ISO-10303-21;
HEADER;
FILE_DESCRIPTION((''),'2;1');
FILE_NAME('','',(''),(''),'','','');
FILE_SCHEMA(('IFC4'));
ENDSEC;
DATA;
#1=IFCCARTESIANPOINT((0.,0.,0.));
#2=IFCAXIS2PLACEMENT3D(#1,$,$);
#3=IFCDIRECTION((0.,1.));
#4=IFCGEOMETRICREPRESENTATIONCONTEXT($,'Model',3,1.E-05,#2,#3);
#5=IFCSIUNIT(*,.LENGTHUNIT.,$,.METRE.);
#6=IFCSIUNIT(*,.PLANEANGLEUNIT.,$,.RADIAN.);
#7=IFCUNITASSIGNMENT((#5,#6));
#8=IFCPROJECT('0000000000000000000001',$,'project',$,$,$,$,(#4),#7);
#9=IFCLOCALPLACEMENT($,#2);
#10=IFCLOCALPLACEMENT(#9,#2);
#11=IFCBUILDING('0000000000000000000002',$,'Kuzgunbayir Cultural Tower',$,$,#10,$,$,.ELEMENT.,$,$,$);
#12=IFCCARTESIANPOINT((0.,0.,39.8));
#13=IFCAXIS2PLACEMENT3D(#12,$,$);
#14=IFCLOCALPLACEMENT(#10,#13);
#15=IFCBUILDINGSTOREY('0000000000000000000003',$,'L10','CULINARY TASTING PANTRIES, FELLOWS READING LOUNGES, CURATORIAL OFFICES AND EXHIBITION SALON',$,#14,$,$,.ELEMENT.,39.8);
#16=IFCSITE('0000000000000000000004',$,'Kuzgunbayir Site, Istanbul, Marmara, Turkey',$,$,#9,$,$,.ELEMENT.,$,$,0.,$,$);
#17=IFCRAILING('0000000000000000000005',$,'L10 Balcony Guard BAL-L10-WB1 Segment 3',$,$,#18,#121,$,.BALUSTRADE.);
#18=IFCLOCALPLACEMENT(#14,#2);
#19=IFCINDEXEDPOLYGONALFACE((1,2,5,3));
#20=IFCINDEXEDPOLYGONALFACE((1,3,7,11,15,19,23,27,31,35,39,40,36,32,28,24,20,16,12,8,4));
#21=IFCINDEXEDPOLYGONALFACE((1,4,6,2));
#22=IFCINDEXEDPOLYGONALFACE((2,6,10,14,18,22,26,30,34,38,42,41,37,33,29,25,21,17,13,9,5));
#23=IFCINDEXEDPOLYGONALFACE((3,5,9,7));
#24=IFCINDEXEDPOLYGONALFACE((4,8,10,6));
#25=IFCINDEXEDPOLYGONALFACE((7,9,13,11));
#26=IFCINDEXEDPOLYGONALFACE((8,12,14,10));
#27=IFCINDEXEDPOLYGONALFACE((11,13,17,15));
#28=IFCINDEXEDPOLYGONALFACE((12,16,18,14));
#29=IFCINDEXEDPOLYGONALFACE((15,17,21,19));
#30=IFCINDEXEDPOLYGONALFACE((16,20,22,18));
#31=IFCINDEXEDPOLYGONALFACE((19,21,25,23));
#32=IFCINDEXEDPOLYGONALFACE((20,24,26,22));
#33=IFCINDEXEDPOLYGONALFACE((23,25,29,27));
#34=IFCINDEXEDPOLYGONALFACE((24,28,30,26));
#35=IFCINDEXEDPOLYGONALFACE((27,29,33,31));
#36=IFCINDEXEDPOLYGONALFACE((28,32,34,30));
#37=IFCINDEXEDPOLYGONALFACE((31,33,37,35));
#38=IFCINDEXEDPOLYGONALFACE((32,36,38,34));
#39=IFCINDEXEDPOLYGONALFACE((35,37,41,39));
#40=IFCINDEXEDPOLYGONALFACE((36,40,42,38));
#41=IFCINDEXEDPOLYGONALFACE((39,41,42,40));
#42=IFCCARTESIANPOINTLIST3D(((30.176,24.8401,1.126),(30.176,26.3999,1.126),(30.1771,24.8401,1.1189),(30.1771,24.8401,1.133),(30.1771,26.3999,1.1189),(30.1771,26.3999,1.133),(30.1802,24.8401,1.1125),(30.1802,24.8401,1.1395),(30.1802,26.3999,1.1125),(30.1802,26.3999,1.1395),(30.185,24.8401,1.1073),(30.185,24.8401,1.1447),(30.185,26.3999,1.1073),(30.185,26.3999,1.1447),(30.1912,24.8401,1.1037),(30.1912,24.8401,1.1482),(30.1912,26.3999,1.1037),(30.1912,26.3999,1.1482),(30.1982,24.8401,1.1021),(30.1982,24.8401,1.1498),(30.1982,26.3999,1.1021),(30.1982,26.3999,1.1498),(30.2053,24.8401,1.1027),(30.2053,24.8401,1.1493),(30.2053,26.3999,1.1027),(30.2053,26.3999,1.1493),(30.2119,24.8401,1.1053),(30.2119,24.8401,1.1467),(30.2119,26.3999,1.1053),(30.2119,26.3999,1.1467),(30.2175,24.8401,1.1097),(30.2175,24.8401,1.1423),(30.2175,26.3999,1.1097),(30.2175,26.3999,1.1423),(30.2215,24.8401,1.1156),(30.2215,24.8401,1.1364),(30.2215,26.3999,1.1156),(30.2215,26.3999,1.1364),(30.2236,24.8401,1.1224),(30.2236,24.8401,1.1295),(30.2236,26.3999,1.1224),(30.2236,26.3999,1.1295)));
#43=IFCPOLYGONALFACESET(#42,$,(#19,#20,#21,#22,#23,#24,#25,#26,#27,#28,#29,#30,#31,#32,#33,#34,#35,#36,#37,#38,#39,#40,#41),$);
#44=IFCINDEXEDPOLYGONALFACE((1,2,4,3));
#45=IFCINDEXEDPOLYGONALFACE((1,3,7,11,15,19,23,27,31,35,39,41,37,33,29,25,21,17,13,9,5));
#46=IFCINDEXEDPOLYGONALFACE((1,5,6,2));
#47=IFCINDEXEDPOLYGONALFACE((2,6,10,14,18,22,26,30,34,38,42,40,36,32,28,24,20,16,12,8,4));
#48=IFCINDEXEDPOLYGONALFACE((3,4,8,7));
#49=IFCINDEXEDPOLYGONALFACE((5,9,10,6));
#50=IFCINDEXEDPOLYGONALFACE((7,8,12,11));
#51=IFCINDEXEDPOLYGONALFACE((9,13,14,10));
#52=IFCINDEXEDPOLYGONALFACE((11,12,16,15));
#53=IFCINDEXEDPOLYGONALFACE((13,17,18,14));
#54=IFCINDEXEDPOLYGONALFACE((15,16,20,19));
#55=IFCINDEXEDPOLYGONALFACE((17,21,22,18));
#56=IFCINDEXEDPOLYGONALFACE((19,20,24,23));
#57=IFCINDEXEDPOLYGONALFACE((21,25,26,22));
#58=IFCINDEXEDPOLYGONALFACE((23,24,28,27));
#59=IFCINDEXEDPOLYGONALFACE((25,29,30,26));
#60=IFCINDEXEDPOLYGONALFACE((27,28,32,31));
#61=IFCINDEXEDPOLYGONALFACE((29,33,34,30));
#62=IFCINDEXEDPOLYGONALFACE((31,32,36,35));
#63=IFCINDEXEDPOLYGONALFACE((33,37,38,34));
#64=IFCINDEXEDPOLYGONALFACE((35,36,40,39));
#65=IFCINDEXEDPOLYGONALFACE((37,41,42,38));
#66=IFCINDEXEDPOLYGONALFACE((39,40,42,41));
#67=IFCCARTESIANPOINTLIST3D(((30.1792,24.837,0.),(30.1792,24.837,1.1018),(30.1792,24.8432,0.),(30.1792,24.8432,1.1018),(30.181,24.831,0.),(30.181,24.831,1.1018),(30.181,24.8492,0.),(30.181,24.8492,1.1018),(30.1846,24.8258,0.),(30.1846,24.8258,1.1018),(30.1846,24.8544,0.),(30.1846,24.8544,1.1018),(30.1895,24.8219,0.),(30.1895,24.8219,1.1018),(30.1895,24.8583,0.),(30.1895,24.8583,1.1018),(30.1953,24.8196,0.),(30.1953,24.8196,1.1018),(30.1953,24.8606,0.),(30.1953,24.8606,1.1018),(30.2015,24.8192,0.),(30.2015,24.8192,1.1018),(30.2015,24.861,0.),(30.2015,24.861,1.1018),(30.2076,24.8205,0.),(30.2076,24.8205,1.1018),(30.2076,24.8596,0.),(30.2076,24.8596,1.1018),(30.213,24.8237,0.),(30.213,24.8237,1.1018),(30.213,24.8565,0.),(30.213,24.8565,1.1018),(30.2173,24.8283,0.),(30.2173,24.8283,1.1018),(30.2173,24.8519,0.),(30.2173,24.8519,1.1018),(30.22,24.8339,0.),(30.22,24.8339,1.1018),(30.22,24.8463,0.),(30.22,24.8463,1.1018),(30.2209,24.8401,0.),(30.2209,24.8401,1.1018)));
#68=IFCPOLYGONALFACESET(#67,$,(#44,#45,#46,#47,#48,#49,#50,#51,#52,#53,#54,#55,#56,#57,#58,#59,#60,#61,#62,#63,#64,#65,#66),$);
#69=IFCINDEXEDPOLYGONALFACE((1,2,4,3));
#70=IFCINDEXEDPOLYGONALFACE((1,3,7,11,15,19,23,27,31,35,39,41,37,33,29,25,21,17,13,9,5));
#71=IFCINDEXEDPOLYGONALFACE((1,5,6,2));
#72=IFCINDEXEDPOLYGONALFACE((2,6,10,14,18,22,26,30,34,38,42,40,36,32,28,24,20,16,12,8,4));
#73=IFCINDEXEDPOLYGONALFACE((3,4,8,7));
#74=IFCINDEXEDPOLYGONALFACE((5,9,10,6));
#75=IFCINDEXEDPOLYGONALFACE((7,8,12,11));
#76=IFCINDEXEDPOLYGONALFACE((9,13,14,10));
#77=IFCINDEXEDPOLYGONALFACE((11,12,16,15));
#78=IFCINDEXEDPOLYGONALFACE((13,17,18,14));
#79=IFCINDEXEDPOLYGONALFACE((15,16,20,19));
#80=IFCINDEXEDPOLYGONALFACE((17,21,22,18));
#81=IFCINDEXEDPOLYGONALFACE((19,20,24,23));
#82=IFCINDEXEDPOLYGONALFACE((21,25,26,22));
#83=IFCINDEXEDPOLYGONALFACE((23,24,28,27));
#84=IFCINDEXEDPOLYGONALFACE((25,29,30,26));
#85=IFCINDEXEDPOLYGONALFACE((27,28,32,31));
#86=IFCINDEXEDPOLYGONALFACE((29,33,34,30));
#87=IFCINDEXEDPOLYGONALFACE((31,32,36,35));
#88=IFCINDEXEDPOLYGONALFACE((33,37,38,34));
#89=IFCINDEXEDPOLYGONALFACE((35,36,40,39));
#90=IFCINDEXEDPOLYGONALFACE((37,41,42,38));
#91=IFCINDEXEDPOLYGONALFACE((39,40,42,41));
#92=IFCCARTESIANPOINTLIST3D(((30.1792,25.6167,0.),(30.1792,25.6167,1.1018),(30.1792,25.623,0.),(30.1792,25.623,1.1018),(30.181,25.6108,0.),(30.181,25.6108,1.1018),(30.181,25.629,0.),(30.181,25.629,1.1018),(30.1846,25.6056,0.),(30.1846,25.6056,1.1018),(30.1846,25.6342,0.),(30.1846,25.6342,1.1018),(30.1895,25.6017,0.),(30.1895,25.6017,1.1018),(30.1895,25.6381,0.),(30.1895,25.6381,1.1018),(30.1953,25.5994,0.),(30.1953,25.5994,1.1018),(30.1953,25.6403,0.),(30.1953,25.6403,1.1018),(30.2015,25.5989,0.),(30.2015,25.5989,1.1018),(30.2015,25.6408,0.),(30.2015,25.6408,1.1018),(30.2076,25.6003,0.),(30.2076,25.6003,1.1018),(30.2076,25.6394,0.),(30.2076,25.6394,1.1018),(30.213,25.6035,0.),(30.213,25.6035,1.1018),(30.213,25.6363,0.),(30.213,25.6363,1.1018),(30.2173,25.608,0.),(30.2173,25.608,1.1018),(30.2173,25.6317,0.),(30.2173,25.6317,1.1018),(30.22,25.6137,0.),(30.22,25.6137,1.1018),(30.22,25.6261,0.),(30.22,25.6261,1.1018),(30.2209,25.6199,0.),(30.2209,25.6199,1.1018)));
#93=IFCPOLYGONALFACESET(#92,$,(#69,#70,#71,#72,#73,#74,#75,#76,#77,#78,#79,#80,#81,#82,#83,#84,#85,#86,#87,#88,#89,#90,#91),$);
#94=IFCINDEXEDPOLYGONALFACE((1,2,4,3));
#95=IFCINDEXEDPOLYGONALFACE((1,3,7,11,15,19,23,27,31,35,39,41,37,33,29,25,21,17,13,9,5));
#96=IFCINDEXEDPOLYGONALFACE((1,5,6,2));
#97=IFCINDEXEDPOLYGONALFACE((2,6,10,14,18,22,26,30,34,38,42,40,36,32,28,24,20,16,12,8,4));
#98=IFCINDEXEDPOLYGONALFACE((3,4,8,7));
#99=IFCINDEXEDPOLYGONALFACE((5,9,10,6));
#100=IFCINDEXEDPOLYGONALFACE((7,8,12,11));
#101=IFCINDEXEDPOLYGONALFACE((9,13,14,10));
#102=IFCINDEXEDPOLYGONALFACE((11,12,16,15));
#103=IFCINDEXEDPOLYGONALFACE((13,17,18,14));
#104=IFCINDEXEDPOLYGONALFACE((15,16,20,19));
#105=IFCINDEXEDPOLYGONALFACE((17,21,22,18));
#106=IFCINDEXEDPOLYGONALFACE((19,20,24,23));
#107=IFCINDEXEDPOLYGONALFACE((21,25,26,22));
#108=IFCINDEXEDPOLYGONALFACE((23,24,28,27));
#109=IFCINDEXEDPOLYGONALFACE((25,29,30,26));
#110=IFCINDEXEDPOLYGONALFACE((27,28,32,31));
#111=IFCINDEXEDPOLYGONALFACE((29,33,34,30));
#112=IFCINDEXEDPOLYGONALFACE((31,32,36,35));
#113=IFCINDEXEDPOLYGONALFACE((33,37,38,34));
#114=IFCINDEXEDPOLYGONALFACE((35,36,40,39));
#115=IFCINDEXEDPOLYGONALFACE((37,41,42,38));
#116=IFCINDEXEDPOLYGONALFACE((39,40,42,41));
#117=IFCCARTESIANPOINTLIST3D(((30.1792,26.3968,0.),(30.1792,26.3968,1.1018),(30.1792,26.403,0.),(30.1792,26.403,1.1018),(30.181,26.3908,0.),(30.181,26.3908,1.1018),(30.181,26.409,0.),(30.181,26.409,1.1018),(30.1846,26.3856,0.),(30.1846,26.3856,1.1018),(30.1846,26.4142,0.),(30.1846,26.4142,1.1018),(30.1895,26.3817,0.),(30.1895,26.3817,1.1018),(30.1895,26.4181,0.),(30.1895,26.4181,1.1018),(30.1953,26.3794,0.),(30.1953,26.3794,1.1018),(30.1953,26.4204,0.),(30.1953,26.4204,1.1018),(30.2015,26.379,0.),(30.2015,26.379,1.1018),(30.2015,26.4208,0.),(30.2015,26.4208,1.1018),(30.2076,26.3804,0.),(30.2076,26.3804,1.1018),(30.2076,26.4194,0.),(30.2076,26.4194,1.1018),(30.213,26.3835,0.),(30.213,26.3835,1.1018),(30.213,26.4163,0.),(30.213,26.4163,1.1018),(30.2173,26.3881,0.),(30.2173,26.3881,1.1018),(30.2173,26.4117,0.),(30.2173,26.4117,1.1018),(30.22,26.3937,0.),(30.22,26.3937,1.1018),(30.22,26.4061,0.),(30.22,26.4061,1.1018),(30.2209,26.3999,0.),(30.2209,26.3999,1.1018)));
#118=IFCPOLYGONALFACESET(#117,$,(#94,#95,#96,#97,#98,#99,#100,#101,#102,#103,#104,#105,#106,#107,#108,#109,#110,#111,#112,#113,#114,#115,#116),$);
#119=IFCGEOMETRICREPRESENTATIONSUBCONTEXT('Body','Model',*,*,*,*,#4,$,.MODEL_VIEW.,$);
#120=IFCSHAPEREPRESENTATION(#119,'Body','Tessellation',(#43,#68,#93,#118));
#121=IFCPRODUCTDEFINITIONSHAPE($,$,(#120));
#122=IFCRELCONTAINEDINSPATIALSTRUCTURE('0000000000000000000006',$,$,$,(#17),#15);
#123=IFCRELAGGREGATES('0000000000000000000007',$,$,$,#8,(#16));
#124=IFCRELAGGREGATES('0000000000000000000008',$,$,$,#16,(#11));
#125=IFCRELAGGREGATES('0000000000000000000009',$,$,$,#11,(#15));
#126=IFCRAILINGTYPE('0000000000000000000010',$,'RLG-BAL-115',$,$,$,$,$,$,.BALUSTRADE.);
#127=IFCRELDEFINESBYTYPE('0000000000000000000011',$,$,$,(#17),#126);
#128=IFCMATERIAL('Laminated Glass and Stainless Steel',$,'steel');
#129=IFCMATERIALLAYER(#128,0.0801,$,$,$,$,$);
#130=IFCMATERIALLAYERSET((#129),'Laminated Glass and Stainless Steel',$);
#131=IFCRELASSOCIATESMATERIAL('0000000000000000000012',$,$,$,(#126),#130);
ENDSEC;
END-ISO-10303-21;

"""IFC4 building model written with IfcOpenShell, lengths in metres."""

from ifc_helpers import new_model, si_unit, direction, frame, origin, origin_2d, place, context, subcontext, project, spatial, circle, extrude, material, layer, layer_set, type_object, element, save


model = new_model("IFC4")

# Units and contexts
model_context = context("Model", 3, precision=1e-05, world=origin(), true_north=direction((0.0, 1.0)))
body_context = subcontext(model_context, "Body", "Model", "MODEL_VIEW")
ifc_project = project(units=[si_unit("LENGTHUNIT", "METRE"), si_unit("PLANEANGLEUNIT", "RADIAN")], contexts=[model_context])

# Site, building, storey
site_placement = place(None, origin())
site = spatial("IfcSite", under=ifc_project, at=site_placement, Name="Kuzgunbayir Site, Istanbul, Marmara, Turkey", CompositionType="ELEMENT", RefElevation=0.0)
building_placement = place(site_placement, origin())
building = spatial("IfcBuilding", under=site, at=building_placement, Name="Kuzgunbayir Cultural Tower", CompositionType="ELEMENT")
storey_placement = place(building_placement, frame((0.0, 0.0, 39.8)))
storey = spatial("IfcBuildingStorey", under=building, at=storey_placement, Name="L10", Description="CULINARY TASTING PANTRIES, FELLOWS READING LOUNGES, CURATORIAL OFFICES AND EXHIBITION SALON", CompositionType="ELEMENT", Elevation=39.8)

# Railing
ifc_material_1 = material(Name="Laminated Glass and Stainless Steel", Category="steel")
ifc_layer_1 = layer(ifc_material_1, 0.0801)
ifc_layer_set_1 = layer_set([ifc_layer_1], Name="Laminated Glass and Stainless Steel")
railing_type = type_object("IfcRailingType", Name="RLG-BAL-115", PredefinedType="BALUSTRADE", material=ifc_layer_set_1)
railing_1_placement = place(storey_placement, frame((30.2, 24.8401, 0.0)))
element("IfcRailing", 1, at=railing_1_placement, inside=storey, type_object=railing_type, Name="L10 Balcony Guard BAL-L10-WB1 Segment 3", PredefinedType="BALUSTRADE", context=body_context, shape_type="SweptSolid", body=[
    extrude(circle(Radius=0.0239, at=origin_2d()), frame((0.0, 0.0, 1.126), z_axis=(0.0, 1.0, 0.0), x_axis=(-1.0, 0.0, 0.0)), (0.0, 0.0, 1.0), 1.5598),
    extrude(circle(Radius=0.021, at=origin_2d()), origin(), (0.0, 0.0, 1.0), 1.1018),
    extrude(circle(Radius=0.021, at=origin_2d()), frame((0.0, 0.7798, 0.0)), (0.0, 0.0, 1.0), 1.1018),
    extrude(circle(Radius=0.021, at=origin_2d()), frame((0.0, 1.5598, 0.0)), (0.0, 0.0, 1.0), 1.1018),
])

save(model, "model.ifc")
